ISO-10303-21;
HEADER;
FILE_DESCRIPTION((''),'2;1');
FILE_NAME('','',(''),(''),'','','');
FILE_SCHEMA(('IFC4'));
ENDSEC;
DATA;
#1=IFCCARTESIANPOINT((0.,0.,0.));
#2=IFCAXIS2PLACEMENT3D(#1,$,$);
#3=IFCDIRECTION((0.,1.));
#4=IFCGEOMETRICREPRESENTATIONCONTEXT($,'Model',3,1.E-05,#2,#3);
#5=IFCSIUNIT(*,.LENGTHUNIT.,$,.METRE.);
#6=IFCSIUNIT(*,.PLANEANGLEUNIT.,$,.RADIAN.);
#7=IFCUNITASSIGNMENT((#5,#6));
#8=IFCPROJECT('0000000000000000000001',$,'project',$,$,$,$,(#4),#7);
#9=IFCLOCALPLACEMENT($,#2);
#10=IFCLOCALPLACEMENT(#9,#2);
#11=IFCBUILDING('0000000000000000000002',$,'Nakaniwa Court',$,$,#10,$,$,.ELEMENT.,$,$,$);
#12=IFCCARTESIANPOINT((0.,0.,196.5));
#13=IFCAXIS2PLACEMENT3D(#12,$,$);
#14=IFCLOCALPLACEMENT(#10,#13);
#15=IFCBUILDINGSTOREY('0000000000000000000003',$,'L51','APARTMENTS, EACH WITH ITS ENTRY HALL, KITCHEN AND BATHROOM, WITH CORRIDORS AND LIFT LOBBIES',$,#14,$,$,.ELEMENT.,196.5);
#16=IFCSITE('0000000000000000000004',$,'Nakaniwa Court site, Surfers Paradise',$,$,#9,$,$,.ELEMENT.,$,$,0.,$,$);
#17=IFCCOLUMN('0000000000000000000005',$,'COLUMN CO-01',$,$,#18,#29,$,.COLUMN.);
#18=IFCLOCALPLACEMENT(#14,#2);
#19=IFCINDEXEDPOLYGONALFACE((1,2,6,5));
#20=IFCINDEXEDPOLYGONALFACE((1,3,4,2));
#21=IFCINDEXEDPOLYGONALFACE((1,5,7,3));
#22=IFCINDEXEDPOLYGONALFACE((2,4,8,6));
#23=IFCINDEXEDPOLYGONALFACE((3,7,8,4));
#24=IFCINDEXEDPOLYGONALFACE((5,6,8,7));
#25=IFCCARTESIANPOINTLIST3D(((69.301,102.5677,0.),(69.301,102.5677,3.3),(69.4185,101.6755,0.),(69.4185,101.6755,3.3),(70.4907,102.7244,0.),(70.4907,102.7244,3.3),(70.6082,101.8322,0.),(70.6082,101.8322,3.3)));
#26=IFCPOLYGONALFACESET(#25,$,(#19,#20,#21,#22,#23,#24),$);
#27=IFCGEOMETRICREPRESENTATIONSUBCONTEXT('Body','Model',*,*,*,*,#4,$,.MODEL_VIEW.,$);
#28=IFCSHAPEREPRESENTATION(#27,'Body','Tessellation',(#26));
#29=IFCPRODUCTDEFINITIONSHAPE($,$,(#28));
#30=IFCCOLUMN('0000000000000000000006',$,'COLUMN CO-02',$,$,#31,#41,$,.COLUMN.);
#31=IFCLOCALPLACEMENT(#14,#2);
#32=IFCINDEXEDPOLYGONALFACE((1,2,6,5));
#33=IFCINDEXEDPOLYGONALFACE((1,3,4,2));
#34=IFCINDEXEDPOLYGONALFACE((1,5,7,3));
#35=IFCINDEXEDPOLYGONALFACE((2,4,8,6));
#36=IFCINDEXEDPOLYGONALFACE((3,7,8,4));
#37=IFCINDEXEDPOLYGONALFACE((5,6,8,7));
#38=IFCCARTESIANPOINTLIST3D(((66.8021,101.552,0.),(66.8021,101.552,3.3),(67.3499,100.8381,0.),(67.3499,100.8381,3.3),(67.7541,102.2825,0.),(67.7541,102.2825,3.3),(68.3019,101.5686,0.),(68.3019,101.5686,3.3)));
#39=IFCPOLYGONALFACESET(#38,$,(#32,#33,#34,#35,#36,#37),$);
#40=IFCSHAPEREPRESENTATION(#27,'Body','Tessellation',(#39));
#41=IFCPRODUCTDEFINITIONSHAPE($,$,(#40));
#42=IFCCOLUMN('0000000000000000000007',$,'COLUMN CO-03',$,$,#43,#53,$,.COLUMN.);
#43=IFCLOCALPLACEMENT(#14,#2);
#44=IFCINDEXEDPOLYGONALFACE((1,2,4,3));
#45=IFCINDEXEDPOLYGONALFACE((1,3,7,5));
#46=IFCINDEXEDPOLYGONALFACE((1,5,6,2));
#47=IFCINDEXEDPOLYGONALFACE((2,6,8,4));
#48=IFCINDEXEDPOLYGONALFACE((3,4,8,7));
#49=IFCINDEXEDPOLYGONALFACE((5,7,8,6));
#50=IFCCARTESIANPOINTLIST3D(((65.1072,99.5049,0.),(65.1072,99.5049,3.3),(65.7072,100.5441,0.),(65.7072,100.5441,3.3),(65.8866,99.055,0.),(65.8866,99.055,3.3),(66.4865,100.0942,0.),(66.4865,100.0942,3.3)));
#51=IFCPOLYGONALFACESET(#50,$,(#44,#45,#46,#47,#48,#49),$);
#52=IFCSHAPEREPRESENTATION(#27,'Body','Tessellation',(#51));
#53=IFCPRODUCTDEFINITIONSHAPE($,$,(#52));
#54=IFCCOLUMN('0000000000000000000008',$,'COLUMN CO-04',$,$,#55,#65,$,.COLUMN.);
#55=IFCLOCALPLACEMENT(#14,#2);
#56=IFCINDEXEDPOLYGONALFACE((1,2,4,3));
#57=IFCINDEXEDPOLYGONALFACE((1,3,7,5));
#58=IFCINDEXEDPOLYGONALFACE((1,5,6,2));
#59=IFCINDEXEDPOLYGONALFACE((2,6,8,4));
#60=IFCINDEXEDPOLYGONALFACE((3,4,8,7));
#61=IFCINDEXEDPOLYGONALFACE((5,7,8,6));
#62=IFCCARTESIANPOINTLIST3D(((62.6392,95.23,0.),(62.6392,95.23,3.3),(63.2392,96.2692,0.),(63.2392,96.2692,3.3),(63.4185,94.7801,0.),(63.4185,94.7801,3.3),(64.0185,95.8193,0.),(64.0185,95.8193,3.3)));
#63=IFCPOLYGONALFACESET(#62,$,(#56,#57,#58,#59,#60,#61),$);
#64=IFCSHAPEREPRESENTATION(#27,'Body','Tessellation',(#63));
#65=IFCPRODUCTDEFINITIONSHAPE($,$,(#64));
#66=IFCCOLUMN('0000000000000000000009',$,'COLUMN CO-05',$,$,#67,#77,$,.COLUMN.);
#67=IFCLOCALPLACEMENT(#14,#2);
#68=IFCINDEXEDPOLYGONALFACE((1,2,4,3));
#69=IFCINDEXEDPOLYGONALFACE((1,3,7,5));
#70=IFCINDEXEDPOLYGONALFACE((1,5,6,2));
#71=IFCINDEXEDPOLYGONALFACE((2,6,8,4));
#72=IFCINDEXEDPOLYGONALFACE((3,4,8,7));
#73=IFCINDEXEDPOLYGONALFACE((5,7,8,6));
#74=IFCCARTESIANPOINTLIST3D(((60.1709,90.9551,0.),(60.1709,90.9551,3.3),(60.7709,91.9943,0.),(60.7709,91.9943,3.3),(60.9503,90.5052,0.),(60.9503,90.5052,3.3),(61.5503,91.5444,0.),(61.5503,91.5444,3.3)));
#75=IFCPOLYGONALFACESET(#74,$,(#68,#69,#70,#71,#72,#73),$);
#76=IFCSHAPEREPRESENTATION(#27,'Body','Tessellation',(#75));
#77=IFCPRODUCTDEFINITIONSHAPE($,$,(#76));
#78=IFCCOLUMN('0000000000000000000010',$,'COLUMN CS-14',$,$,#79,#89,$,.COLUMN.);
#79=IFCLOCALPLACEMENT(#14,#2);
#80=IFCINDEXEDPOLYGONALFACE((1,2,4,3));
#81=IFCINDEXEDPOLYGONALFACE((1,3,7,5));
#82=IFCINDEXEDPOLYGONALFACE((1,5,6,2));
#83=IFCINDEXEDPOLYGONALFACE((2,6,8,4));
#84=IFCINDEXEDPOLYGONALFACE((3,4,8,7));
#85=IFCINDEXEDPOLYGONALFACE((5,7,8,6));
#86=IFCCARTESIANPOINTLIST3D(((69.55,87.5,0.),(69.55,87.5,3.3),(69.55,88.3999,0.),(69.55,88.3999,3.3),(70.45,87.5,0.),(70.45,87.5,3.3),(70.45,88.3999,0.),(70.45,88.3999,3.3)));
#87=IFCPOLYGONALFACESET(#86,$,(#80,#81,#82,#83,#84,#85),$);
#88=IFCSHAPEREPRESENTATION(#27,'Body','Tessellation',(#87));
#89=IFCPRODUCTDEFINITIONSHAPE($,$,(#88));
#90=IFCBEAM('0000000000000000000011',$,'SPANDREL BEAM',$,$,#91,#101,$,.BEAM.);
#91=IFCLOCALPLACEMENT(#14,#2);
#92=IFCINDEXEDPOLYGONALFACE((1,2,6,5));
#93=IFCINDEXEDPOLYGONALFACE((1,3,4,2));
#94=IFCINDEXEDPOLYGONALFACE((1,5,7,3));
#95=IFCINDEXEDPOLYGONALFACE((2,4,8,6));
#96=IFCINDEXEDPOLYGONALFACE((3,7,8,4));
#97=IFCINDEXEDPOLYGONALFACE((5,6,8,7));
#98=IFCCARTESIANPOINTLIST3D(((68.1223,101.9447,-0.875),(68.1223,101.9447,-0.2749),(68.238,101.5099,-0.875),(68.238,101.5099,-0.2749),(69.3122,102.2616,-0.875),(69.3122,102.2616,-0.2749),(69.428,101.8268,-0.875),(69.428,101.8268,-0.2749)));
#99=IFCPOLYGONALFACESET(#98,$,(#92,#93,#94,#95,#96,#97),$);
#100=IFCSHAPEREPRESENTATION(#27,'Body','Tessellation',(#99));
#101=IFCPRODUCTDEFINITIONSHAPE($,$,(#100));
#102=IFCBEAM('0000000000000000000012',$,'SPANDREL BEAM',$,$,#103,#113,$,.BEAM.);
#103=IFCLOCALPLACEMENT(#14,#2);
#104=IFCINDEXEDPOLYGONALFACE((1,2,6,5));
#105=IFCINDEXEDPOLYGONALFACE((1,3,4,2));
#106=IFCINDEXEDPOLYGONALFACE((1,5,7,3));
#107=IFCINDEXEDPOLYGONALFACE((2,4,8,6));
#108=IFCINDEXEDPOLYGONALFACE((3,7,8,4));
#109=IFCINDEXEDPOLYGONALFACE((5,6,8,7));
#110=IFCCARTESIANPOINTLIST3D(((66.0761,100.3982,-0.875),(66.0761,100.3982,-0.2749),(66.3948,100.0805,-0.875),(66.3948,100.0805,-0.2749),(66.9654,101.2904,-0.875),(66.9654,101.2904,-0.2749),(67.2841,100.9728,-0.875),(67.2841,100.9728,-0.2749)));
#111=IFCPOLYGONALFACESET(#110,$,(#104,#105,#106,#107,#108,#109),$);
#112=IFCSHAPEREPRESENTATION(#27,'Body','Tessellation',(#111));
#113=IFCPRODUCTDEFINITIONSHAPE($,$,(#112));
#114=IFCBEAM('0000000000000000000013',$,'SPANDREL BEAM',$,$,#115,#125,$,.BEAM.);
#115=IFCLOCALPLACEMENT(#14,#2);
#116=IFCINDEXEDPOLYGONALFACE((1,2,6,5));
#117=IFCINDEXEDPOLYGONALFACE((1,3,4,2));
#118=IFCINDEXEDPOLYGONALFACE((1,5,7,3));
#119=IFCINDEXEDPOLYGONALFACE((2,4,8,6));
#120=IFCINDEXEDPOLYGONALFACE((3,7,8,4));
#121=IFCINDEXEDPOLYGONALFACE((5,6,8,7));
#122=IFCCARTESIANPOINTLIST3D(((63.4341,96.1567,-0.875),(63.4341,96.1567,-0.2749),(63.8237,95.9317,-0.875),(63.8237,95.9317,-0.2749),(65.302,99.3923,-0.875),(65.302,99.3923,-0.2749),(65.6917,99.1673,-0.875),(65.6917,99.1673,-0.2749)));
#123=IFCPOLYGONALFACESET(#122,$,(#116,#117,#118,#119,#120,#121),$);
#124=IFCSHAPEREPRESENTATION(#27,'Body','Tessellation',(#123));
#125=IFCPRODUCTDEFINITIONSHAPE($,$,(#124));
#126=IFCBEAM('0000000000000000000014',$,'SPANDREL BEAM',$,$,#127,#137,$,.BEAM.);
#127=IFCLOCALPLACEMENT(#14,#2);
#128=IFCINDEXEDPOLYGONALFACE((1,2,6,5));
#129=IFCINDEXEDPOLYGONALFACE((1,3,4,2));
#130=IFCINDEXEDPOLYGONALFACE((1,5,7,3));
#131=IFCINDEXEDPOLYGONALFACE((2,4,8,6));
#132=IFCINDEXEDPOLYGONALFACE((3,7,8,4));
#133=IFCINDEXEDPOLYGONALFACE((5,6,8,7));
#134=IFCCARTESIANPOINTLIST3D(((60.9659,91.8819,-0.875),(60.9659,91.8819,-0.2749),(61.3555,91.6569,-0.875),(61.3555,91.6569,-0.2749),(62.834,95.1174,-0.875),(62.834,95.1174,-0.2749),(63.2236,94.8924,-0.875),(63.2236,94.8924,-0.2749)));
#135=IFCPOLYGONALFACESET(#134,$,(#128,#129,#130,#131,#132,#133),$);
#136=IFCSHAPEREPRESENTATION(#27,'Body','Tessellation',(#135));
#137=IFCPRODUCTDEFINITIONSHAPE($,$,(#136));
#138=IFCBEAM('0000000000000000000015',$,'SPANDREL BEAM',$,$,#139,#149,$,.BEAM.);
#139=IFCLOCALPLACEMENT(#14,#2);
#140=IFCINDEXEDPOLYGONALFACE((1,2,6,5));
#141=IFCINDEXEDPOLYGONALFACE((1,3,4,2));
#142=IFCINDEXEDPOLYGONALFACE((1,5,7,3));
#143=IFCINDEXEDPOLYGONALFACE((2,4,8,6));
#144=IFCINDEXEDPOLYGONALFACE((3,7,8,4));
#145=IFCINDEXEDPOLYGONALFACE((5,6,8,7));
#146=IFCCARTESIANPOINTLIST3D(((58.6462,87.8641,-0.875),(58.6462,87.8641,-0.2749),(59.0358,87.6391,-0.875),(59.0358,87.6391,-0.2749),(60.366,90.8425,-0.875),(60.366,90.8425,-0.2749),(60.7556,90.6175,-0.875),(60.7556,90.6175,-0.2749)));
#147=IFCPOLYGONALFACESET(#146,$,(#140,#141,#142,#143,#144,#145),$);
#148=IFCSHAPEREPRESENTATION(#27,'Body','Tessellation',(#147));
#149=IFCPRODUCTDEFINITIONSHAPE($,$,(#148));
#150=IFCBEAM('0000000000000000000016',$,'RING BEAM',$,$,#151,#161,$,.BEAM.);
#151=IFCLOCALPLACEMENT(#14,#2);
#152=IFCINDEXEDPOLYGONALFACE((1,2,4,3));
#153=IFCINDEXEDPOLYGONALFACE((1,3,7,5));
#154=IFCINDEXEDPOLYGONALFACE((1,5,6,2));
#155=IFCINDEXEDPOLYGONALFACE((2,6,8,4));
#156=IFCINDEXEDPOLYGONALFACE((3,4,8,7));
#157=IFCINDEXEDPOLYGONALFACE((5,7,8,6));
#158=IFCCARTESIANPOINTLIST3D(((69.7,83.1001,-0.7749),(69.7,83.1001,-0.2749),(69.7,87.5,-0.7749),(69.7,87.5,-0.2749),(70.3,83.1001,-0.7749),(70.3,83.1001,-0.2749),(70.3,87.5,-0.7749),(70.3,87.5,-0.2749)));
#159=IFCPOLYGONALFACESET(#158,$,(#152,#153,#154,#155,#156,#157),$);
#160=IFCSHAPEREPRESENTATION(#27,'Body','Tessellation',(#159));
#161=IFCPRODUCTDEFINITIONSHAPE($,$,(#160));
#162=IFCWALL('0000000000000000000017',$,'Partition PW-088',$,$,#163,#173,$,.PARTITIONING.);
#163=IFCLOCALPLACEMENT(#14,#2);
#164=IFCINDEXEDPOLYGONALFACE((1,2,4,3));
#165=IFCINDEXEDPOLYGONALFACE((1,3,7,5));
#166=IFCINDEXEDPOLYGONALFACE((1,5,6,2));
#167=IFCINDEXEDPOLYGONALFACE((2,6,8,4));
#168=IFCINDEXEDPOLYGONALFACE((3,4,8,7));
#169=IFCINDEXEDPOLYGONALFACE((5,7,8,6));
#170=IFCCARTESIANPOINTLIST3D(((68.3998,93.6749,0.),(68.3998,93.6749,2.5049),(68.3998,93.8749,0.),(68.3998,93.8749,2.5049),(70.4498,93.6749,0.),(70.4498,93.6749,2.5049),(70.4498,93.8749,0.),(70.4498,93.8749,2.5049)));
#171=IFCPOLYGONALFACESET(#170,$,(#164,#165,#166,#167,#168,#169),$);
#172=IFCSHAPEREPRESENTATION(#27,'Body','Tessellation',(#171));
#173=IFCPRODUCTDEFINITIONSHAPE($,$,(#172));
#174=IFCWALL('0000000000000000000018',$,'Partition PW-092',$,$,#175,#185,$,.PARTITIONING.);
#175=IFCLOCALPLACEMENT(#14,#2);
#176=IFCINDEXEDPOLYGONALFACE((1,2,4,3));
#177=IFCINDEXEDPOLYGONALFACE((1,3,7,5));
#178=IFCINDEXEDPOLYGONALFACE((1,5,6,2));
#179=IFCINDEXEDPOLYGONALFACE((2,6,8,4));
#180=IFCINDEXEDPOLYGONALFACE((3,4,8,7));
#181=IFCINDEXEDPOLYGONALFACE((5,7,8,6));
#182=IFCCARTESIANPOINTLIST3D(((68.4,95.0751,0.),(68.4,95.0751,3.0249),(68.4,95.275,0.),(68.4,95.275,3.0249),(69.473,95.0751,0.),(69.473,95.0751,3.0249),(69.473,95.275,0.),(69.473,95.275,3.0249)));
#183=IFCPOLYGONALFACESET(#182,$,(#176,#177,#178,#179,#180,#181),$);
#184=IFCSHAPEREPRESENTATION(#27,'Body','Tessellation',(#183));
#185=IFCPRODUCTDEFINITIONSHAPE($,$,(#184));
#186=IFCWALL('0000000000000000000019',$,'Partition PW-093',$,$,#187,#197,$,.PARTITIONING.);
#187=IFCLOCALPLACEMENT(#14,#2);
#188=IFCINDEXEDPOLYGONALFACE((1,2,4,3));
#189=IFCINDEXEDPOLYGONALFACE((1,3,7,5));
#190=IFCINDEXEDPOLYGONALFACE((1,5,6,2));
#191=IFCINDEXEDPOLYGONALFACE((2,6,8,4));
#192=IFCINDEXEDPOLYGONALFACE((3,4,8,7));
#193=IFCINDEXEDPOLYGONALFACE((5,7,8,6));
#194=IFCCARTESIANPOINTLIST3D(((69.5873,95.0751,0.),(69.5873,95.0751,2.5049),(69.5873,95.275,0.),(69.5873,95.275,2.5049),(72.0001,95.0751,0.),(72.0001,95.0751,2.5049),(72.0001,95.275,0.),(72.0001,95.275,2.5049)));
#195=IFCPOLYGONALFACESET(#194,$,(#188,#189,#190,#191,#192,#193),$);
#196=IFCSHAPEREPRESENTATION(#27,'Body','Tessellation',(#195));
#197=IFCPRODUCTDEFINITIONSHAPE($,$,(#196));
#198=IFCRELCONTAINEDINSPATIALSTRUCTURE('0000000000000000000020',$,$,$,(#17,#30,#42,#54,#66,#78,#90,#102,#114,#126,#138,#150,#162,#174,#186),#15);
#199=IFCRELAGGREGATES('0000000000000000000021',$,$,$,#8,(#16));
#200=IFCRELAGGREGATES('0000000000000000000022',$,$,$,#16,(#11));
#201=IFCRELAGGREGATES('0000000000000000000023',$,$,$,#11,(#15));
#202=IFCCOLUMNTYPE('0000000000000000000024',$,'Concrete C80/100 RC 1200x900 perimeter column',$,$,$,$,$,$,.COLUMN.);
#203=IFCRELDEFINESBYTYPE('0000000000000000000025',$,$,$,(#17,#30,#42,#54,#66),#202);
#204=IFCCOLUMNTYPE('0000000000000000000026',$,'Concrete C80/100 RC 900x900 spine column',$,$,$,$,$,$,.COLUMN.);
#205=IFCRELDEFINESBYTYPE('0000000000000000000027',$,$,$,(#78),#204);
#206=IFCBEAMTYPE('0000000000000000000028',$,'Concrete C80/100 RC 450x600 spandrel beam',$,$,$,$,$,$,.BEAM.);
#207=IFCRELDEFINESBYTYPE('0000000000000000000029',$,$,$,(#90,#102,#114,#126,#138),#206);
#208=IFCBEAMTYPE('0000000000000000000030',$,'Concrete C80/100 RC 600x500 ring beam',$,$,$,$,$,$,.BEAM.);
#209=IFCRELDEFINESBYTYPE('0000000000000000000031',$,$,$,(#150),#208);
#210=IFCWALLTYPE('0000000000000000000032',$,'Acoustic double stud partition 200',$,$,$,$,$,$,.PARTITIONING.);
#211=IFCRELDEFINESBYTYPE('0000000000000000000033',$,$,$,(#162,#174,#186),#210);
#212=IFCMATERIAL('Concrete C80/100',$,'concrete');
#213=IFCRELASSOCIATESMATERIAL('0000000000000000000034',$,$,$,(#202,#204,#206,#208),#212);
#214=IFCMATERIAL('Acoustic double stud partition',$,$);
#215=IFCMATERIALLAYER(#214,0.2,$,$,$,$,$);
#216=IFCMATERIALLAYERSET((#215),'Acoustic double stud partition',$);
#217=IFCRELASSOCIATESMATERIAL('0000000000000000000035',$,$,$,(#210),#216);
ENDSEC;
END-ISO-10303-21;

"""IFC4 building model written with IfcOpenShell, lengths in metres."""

from ifc_helpers import new_model, si_unit, direction, frame, frame_2d, origin, origin_2d, place, context, subcontext, project, spatial, rectangle, extrude, material, layer, layer_set, material_profile, profile_set, type_object, element, save


model = new_model("IFC4")

# Units and contexts
model_context = context("Model", 3, precision=1e-05, world=origin(), true_north=direction((0.0, 1.0)))
body_context = subcontext(model_context, "Body", "Model", "MODEL_VIEW")
ifc_project = project(units=[si_unit("LENGTHUNIT", "METRE"), si_unit("PLANEANGLEUNIT", "RADIAN")], contexts=[model_context])

# Site, building, storey
site_placement = place(None, origin())
site = spatial("IfcSite", under=ifc_project, at=site_placement, Name="Nakaniwa Court site, Surfers Paradise", CompositionType="ELEMENT", RefElevation=0.0)
building_placement = place(site_placement, origin())
building = spatial("IfcBuilding", under=site, at=building_placement, Name="Nakaniwa Court", CompositionType="ELEMENT")
storey_placement = place(building_placement, frame((0.0, 0.0, 196.5)))
storey = spatial("IfcBuildingStorey", under=building, at=storey_placement, Name="L51", Description="APARTMENTS, EACH WITH ITS ENTRY HALL, KITCHEN AND BATHROOM, WITH CORRIDORS AND LIFT LOBBIES", CompositionType="ELEMENT", Elevation=196.5)

# Columns
ifc_material_1 = material(Name="Concrete C80/100", Category="concrete")
ifc_material_profile_1 = material_profile(ifc_material_1, rectangle(XDim=1.2, YDim=0.8999, at=origin_2d()), Name="Concrete C80/100 RC 1200x900 perimeter column")
ifc_profile_set_1 = profile_set([ifc_material_profile_1], Name="Concrete C80/100")
column_type_1 = type_object("IfcColumnType", Name="Concrete C80/100 RC 1200x900 perimeter column", PredefinedType="COLUMN", material=ifc_profile_set_1)
for number, where, z_axis, x_axis, name in (
    (1, (69.9546, 102.2, 0.0), (0.0, 0.0, 1.0), (-0.991443, -0.130543, 0.0), "COLUMN CO-01"),
    (2, (67.552, 101.5603, 0.0), (0.0, 0.0, 1.0), (-0.793364, -0.608748, 0.0), "COLUMN CO-02"),
    (3, (65.7969, 99.7996, 0.0), (0.0, 0.0, 1.0), (-0.5, -0.866025, 0.0), "COLUMN CO-03"),
    (4, (63.3289, 95.5247, 0.0), (0.0, 0.0, 1.0), (-0.5, -0.866025, 0.0), "COLUMN CO-04"),
    (5, (60.8606, 91.2498, 0.0), (0.0, 0.0, 1.0), (-0.5, -0.866025, 0.0), "COLUMN CO-05"),
):
    element("IfcColumn", number, at=place(storey_placement, frame(where, z_axis=z_axis, x_axis=x_axis)), inside=storey, type_object=column_type_1, Name=name, PredefinedType="COLUMN", context=body_context, shape_type="SweptSolid", body=[
        extrude(rectangle(XDim=1.2, YDim=0.8999, at=origin_2d()), origin(), (0.0, 0.0, 1.0), 3.3),
    ])
ifc_material_profile_2 = material_profile(ifc_material_1, rectangle(XDim=0.8999, YDim=0.8999, at=origin_2d()), Name="Concrete C80/100 RC 900x900 spine column")
ifc_profile_set_2 = profile_set([ifc_material_profile_2], Name="Concrete C80/100")
column_type_2 = type_object("IfcColumnType", Name="Concrete C80/100 RC 900x900 spine column", PredefinedType="COLUMN", material=ifc_profile_set_2)
column_placement = place(storey_placement, frame((70.0, 87.95, 0.0), z_axis=(0.0, 0.0, 1.0), x_axis=(0.0, -1.0, 0.0)))
element("IfcColumn", 6, at=column_placement, inside=storey, type_object=column_type_2, Name="COLUMN CS-14", PredefinedType="COLUMN", context=body_context, shape_type="SweptSolid", body=[
    extrude(rectangle(XDim=0.8999, YDim=0.8999, at=origin_2d()), origin(), (0.0, 0.0, 1.0), 3.3),
])

# Beams
ifc_material_profile_3 = material_profile(ifc_material_1, rectangle(XDim=0.45, YDim=0.6001, at=origin_2d()), Name="Concrete C80/100 RC 450x600 spandrel beam")
ifc_profile_set_3 = profile_set([ifc_material_profile_3], Name="Concrete C80/100")
beam_type_1 = type_object("IfcBeamType", Name="Concrete C80/100 RC 450x600 spandrel beam", PredefinedType="BEAM", material=ifc_profile_set_3)
beam_1_placement = place(storey_placement, frame((69.3701, 102.0442, -0.575), z_axis=(-0.96632, -0.257342, 0.0), x_axis=(0.257342, -0.96632, 0.0)))
element("IfcBeam", 7, at=beam_1_placement, inside=storey, type_object=beam_type_1, Name="SPANDREL BEAM", PredefinedType="BEAM", context=body_context, shape_type="SweptSolid", body=[
    extrude(rectangle(XDim=0.45, YDim=0.6001, at=origin_2d()), origin(), (0.0, 0.0, 1.0), 1.2314),
])
beam_2_placement = place(storey_placement, frame((67.1248, 101.1316, -0.575), z_axis=(-0.705943, -0.708269, 0.0), x_axis=(0.708269, -0.705943, 0.0)))
element("IfcBeam", 8, at=beam_2_placement, inside=storey, type_object=beam_type_1, Name="SPANDREL BEAM", PredefinedType="BEAM", context=body_context, shape_type="SweptSolid", body=[
    extrude(rectangle(XDim=0.45, YDim=0.6001, at=origin_2d()), origin(), (0.0, 0.0, 1.0), 1.2598),
])
for number, where, z_axis, x_axis, name in (
    (9, (65.4968, 99.2798, -0.575), (-0.499969, -0.866043, 0.0), (0.866043, -0.499969, 0.0), "SPANDREL BEAM"),
    (10, (63.0288, 95.0049, -0.575), (-0.500018, -0.866015, 0.0), (0.866015, -0.500018, 0.0), "SPANDREL BEAM"),
):
    element("IfcBeam", number, at=place(storey_placement, frame(where, z_axis=z_axis, x_axis=x_axis)), inside=storey, type_object=beam_type_1, Name=name, PredefinedType="BEAM", context=body_context, shape_type="SweptSolid", body=[
        extrude(rectangle(XDim=0.45, YDim=0.6001, at=origin_2d()), origin(), (0.0, 0.0, 1.0), 3.7361),
    ])
beam_3_placement = place(storey_placement, frame((60.5608, 90.73, -0.575), z_axis=(-0.500048, -0.865998, 0.0), x_axis=(0.865998, -0.500048, 0.0)))
element("IfcBeam", 11, at=beam_3_placement, inside=storey, type_object=beam_type_1, Name="SPANDREL BEAM", PredefinedType="BEAM", context=body_context, shape_type="SweptSolid", body=[
    extrude(rectangle(XDim=0.45, YDim=0.6001, at=origin_2d()), origin(), (0.0, 0.0, 1.0), 3.4392),
])
ifc_material_profile_4 = material_profile(ifc_material_1, rectangle(XDim=0.6001, YDim=0.5, at=origin_2d()), Name="Concrete C80/100 RC 600x500 ring beam")
ifc_profile_set_4 = profile_set([ifc_material_profile_4], Name="Concrete C80/100")
beam_type_2 = type_object("IfcBeamType", Name="Concrete C80/100 RC 600x500 ring beam", PredefinedType="BEAM", material=ifc_profile_set_4)
beam_4_placement = place(storey_placement, frame((70.0, 87.5, -0.5249), z_axis=(0.0, -1.0, 0.0), x_axis=(1.0, 0.0, 0.0)))
element("IfcBeam", 12, at=beam_4_placement, inside=storey, type_object=beam_type_2, Name="RING BEAM", PredefinedType="BEAM", context=body_context, shape_type="SweptSolid", body=[
    extrude(rectangle(XDim=0.6001, YDim=0.5, at=origin_2d()), origin(), (0.0, 0.0, 1.0), 4.3999),
])

# Walls
ifc_material_2 = material(Name="Acoustic double stud partition")
ifc_layer_1 = layer(ifc_material_2, 0.2)
ifc_layer_set_1 = layer_set([ifc_layer_1], Name="Acoustic double stud partition")
wall_type_1 = type_object("IfcWallType", Name="Acoustic double stud partition 200", PredefinedType="PARTITIONING", material=ifc_layer_set_1)
wall_1_placement = place(storey_placement, frame((68.3999, 93.7749, 0.0), z_axis=(0.0, 0.0, 1.0), x_axis=(1.0, 0.0, 0.0)))
element("IfcWall", 13, at=wall_1_placement, inside=storey, type_object=wall_type_1, Name="Partition PW-088", PredefinedType="PARTITIONING", context=body_context, shape_type="SweptSolid", body=[
    extrude(rectangle(XDim=2.05, YDim=0.2, at=frame_2d((1.0249, 0.0))), origin(), (0.0, 0.0, 1.0), 2.5049),
])
wall_2_placement = place(storey_placement, frame((68.3999, 95.175, 0.0), z_axis=(0.0, 0.0, 1.0), x_axis=(1.0, 0.0, 0.0)))
element("IfcWall", 14, at=wall_2_placement, inside=storey, type_object=wall_type_1, Name="Partition PW-092", PredefinedType="PARTITIONING", context=body_context, shape_type="SweptSolid", body=[
    extrude(rectangle(XDim=1.073, YDim=0.2, at=frame_2d((0.5366, 0.0))), origin(), (0.0, 0.0, 1.0), 3.0249),
])
wall_3_placement = place(storey_placement, frame((69.5872, 95.175, 0.0), z_axis=(0.0, 0.0, 1.0), x_axis=(1.0, 0.0, 0.0)))
element("IfcWall", 15, at=wall_3_placement, inside=storey, type_object=wall_type_1, Name="Partition PW-093", PredefinedType="PARTITIONING", context=body_context, shape_type="SweptSolid", body=[
    extrude(rectangle(XDim=2.4128, YDim=0.2, at=frame_2d((1.2065, 0.0))), origin(), (0.0, 0.0, 1.0), 2.5049),
])

save(model, "model.ifc")
